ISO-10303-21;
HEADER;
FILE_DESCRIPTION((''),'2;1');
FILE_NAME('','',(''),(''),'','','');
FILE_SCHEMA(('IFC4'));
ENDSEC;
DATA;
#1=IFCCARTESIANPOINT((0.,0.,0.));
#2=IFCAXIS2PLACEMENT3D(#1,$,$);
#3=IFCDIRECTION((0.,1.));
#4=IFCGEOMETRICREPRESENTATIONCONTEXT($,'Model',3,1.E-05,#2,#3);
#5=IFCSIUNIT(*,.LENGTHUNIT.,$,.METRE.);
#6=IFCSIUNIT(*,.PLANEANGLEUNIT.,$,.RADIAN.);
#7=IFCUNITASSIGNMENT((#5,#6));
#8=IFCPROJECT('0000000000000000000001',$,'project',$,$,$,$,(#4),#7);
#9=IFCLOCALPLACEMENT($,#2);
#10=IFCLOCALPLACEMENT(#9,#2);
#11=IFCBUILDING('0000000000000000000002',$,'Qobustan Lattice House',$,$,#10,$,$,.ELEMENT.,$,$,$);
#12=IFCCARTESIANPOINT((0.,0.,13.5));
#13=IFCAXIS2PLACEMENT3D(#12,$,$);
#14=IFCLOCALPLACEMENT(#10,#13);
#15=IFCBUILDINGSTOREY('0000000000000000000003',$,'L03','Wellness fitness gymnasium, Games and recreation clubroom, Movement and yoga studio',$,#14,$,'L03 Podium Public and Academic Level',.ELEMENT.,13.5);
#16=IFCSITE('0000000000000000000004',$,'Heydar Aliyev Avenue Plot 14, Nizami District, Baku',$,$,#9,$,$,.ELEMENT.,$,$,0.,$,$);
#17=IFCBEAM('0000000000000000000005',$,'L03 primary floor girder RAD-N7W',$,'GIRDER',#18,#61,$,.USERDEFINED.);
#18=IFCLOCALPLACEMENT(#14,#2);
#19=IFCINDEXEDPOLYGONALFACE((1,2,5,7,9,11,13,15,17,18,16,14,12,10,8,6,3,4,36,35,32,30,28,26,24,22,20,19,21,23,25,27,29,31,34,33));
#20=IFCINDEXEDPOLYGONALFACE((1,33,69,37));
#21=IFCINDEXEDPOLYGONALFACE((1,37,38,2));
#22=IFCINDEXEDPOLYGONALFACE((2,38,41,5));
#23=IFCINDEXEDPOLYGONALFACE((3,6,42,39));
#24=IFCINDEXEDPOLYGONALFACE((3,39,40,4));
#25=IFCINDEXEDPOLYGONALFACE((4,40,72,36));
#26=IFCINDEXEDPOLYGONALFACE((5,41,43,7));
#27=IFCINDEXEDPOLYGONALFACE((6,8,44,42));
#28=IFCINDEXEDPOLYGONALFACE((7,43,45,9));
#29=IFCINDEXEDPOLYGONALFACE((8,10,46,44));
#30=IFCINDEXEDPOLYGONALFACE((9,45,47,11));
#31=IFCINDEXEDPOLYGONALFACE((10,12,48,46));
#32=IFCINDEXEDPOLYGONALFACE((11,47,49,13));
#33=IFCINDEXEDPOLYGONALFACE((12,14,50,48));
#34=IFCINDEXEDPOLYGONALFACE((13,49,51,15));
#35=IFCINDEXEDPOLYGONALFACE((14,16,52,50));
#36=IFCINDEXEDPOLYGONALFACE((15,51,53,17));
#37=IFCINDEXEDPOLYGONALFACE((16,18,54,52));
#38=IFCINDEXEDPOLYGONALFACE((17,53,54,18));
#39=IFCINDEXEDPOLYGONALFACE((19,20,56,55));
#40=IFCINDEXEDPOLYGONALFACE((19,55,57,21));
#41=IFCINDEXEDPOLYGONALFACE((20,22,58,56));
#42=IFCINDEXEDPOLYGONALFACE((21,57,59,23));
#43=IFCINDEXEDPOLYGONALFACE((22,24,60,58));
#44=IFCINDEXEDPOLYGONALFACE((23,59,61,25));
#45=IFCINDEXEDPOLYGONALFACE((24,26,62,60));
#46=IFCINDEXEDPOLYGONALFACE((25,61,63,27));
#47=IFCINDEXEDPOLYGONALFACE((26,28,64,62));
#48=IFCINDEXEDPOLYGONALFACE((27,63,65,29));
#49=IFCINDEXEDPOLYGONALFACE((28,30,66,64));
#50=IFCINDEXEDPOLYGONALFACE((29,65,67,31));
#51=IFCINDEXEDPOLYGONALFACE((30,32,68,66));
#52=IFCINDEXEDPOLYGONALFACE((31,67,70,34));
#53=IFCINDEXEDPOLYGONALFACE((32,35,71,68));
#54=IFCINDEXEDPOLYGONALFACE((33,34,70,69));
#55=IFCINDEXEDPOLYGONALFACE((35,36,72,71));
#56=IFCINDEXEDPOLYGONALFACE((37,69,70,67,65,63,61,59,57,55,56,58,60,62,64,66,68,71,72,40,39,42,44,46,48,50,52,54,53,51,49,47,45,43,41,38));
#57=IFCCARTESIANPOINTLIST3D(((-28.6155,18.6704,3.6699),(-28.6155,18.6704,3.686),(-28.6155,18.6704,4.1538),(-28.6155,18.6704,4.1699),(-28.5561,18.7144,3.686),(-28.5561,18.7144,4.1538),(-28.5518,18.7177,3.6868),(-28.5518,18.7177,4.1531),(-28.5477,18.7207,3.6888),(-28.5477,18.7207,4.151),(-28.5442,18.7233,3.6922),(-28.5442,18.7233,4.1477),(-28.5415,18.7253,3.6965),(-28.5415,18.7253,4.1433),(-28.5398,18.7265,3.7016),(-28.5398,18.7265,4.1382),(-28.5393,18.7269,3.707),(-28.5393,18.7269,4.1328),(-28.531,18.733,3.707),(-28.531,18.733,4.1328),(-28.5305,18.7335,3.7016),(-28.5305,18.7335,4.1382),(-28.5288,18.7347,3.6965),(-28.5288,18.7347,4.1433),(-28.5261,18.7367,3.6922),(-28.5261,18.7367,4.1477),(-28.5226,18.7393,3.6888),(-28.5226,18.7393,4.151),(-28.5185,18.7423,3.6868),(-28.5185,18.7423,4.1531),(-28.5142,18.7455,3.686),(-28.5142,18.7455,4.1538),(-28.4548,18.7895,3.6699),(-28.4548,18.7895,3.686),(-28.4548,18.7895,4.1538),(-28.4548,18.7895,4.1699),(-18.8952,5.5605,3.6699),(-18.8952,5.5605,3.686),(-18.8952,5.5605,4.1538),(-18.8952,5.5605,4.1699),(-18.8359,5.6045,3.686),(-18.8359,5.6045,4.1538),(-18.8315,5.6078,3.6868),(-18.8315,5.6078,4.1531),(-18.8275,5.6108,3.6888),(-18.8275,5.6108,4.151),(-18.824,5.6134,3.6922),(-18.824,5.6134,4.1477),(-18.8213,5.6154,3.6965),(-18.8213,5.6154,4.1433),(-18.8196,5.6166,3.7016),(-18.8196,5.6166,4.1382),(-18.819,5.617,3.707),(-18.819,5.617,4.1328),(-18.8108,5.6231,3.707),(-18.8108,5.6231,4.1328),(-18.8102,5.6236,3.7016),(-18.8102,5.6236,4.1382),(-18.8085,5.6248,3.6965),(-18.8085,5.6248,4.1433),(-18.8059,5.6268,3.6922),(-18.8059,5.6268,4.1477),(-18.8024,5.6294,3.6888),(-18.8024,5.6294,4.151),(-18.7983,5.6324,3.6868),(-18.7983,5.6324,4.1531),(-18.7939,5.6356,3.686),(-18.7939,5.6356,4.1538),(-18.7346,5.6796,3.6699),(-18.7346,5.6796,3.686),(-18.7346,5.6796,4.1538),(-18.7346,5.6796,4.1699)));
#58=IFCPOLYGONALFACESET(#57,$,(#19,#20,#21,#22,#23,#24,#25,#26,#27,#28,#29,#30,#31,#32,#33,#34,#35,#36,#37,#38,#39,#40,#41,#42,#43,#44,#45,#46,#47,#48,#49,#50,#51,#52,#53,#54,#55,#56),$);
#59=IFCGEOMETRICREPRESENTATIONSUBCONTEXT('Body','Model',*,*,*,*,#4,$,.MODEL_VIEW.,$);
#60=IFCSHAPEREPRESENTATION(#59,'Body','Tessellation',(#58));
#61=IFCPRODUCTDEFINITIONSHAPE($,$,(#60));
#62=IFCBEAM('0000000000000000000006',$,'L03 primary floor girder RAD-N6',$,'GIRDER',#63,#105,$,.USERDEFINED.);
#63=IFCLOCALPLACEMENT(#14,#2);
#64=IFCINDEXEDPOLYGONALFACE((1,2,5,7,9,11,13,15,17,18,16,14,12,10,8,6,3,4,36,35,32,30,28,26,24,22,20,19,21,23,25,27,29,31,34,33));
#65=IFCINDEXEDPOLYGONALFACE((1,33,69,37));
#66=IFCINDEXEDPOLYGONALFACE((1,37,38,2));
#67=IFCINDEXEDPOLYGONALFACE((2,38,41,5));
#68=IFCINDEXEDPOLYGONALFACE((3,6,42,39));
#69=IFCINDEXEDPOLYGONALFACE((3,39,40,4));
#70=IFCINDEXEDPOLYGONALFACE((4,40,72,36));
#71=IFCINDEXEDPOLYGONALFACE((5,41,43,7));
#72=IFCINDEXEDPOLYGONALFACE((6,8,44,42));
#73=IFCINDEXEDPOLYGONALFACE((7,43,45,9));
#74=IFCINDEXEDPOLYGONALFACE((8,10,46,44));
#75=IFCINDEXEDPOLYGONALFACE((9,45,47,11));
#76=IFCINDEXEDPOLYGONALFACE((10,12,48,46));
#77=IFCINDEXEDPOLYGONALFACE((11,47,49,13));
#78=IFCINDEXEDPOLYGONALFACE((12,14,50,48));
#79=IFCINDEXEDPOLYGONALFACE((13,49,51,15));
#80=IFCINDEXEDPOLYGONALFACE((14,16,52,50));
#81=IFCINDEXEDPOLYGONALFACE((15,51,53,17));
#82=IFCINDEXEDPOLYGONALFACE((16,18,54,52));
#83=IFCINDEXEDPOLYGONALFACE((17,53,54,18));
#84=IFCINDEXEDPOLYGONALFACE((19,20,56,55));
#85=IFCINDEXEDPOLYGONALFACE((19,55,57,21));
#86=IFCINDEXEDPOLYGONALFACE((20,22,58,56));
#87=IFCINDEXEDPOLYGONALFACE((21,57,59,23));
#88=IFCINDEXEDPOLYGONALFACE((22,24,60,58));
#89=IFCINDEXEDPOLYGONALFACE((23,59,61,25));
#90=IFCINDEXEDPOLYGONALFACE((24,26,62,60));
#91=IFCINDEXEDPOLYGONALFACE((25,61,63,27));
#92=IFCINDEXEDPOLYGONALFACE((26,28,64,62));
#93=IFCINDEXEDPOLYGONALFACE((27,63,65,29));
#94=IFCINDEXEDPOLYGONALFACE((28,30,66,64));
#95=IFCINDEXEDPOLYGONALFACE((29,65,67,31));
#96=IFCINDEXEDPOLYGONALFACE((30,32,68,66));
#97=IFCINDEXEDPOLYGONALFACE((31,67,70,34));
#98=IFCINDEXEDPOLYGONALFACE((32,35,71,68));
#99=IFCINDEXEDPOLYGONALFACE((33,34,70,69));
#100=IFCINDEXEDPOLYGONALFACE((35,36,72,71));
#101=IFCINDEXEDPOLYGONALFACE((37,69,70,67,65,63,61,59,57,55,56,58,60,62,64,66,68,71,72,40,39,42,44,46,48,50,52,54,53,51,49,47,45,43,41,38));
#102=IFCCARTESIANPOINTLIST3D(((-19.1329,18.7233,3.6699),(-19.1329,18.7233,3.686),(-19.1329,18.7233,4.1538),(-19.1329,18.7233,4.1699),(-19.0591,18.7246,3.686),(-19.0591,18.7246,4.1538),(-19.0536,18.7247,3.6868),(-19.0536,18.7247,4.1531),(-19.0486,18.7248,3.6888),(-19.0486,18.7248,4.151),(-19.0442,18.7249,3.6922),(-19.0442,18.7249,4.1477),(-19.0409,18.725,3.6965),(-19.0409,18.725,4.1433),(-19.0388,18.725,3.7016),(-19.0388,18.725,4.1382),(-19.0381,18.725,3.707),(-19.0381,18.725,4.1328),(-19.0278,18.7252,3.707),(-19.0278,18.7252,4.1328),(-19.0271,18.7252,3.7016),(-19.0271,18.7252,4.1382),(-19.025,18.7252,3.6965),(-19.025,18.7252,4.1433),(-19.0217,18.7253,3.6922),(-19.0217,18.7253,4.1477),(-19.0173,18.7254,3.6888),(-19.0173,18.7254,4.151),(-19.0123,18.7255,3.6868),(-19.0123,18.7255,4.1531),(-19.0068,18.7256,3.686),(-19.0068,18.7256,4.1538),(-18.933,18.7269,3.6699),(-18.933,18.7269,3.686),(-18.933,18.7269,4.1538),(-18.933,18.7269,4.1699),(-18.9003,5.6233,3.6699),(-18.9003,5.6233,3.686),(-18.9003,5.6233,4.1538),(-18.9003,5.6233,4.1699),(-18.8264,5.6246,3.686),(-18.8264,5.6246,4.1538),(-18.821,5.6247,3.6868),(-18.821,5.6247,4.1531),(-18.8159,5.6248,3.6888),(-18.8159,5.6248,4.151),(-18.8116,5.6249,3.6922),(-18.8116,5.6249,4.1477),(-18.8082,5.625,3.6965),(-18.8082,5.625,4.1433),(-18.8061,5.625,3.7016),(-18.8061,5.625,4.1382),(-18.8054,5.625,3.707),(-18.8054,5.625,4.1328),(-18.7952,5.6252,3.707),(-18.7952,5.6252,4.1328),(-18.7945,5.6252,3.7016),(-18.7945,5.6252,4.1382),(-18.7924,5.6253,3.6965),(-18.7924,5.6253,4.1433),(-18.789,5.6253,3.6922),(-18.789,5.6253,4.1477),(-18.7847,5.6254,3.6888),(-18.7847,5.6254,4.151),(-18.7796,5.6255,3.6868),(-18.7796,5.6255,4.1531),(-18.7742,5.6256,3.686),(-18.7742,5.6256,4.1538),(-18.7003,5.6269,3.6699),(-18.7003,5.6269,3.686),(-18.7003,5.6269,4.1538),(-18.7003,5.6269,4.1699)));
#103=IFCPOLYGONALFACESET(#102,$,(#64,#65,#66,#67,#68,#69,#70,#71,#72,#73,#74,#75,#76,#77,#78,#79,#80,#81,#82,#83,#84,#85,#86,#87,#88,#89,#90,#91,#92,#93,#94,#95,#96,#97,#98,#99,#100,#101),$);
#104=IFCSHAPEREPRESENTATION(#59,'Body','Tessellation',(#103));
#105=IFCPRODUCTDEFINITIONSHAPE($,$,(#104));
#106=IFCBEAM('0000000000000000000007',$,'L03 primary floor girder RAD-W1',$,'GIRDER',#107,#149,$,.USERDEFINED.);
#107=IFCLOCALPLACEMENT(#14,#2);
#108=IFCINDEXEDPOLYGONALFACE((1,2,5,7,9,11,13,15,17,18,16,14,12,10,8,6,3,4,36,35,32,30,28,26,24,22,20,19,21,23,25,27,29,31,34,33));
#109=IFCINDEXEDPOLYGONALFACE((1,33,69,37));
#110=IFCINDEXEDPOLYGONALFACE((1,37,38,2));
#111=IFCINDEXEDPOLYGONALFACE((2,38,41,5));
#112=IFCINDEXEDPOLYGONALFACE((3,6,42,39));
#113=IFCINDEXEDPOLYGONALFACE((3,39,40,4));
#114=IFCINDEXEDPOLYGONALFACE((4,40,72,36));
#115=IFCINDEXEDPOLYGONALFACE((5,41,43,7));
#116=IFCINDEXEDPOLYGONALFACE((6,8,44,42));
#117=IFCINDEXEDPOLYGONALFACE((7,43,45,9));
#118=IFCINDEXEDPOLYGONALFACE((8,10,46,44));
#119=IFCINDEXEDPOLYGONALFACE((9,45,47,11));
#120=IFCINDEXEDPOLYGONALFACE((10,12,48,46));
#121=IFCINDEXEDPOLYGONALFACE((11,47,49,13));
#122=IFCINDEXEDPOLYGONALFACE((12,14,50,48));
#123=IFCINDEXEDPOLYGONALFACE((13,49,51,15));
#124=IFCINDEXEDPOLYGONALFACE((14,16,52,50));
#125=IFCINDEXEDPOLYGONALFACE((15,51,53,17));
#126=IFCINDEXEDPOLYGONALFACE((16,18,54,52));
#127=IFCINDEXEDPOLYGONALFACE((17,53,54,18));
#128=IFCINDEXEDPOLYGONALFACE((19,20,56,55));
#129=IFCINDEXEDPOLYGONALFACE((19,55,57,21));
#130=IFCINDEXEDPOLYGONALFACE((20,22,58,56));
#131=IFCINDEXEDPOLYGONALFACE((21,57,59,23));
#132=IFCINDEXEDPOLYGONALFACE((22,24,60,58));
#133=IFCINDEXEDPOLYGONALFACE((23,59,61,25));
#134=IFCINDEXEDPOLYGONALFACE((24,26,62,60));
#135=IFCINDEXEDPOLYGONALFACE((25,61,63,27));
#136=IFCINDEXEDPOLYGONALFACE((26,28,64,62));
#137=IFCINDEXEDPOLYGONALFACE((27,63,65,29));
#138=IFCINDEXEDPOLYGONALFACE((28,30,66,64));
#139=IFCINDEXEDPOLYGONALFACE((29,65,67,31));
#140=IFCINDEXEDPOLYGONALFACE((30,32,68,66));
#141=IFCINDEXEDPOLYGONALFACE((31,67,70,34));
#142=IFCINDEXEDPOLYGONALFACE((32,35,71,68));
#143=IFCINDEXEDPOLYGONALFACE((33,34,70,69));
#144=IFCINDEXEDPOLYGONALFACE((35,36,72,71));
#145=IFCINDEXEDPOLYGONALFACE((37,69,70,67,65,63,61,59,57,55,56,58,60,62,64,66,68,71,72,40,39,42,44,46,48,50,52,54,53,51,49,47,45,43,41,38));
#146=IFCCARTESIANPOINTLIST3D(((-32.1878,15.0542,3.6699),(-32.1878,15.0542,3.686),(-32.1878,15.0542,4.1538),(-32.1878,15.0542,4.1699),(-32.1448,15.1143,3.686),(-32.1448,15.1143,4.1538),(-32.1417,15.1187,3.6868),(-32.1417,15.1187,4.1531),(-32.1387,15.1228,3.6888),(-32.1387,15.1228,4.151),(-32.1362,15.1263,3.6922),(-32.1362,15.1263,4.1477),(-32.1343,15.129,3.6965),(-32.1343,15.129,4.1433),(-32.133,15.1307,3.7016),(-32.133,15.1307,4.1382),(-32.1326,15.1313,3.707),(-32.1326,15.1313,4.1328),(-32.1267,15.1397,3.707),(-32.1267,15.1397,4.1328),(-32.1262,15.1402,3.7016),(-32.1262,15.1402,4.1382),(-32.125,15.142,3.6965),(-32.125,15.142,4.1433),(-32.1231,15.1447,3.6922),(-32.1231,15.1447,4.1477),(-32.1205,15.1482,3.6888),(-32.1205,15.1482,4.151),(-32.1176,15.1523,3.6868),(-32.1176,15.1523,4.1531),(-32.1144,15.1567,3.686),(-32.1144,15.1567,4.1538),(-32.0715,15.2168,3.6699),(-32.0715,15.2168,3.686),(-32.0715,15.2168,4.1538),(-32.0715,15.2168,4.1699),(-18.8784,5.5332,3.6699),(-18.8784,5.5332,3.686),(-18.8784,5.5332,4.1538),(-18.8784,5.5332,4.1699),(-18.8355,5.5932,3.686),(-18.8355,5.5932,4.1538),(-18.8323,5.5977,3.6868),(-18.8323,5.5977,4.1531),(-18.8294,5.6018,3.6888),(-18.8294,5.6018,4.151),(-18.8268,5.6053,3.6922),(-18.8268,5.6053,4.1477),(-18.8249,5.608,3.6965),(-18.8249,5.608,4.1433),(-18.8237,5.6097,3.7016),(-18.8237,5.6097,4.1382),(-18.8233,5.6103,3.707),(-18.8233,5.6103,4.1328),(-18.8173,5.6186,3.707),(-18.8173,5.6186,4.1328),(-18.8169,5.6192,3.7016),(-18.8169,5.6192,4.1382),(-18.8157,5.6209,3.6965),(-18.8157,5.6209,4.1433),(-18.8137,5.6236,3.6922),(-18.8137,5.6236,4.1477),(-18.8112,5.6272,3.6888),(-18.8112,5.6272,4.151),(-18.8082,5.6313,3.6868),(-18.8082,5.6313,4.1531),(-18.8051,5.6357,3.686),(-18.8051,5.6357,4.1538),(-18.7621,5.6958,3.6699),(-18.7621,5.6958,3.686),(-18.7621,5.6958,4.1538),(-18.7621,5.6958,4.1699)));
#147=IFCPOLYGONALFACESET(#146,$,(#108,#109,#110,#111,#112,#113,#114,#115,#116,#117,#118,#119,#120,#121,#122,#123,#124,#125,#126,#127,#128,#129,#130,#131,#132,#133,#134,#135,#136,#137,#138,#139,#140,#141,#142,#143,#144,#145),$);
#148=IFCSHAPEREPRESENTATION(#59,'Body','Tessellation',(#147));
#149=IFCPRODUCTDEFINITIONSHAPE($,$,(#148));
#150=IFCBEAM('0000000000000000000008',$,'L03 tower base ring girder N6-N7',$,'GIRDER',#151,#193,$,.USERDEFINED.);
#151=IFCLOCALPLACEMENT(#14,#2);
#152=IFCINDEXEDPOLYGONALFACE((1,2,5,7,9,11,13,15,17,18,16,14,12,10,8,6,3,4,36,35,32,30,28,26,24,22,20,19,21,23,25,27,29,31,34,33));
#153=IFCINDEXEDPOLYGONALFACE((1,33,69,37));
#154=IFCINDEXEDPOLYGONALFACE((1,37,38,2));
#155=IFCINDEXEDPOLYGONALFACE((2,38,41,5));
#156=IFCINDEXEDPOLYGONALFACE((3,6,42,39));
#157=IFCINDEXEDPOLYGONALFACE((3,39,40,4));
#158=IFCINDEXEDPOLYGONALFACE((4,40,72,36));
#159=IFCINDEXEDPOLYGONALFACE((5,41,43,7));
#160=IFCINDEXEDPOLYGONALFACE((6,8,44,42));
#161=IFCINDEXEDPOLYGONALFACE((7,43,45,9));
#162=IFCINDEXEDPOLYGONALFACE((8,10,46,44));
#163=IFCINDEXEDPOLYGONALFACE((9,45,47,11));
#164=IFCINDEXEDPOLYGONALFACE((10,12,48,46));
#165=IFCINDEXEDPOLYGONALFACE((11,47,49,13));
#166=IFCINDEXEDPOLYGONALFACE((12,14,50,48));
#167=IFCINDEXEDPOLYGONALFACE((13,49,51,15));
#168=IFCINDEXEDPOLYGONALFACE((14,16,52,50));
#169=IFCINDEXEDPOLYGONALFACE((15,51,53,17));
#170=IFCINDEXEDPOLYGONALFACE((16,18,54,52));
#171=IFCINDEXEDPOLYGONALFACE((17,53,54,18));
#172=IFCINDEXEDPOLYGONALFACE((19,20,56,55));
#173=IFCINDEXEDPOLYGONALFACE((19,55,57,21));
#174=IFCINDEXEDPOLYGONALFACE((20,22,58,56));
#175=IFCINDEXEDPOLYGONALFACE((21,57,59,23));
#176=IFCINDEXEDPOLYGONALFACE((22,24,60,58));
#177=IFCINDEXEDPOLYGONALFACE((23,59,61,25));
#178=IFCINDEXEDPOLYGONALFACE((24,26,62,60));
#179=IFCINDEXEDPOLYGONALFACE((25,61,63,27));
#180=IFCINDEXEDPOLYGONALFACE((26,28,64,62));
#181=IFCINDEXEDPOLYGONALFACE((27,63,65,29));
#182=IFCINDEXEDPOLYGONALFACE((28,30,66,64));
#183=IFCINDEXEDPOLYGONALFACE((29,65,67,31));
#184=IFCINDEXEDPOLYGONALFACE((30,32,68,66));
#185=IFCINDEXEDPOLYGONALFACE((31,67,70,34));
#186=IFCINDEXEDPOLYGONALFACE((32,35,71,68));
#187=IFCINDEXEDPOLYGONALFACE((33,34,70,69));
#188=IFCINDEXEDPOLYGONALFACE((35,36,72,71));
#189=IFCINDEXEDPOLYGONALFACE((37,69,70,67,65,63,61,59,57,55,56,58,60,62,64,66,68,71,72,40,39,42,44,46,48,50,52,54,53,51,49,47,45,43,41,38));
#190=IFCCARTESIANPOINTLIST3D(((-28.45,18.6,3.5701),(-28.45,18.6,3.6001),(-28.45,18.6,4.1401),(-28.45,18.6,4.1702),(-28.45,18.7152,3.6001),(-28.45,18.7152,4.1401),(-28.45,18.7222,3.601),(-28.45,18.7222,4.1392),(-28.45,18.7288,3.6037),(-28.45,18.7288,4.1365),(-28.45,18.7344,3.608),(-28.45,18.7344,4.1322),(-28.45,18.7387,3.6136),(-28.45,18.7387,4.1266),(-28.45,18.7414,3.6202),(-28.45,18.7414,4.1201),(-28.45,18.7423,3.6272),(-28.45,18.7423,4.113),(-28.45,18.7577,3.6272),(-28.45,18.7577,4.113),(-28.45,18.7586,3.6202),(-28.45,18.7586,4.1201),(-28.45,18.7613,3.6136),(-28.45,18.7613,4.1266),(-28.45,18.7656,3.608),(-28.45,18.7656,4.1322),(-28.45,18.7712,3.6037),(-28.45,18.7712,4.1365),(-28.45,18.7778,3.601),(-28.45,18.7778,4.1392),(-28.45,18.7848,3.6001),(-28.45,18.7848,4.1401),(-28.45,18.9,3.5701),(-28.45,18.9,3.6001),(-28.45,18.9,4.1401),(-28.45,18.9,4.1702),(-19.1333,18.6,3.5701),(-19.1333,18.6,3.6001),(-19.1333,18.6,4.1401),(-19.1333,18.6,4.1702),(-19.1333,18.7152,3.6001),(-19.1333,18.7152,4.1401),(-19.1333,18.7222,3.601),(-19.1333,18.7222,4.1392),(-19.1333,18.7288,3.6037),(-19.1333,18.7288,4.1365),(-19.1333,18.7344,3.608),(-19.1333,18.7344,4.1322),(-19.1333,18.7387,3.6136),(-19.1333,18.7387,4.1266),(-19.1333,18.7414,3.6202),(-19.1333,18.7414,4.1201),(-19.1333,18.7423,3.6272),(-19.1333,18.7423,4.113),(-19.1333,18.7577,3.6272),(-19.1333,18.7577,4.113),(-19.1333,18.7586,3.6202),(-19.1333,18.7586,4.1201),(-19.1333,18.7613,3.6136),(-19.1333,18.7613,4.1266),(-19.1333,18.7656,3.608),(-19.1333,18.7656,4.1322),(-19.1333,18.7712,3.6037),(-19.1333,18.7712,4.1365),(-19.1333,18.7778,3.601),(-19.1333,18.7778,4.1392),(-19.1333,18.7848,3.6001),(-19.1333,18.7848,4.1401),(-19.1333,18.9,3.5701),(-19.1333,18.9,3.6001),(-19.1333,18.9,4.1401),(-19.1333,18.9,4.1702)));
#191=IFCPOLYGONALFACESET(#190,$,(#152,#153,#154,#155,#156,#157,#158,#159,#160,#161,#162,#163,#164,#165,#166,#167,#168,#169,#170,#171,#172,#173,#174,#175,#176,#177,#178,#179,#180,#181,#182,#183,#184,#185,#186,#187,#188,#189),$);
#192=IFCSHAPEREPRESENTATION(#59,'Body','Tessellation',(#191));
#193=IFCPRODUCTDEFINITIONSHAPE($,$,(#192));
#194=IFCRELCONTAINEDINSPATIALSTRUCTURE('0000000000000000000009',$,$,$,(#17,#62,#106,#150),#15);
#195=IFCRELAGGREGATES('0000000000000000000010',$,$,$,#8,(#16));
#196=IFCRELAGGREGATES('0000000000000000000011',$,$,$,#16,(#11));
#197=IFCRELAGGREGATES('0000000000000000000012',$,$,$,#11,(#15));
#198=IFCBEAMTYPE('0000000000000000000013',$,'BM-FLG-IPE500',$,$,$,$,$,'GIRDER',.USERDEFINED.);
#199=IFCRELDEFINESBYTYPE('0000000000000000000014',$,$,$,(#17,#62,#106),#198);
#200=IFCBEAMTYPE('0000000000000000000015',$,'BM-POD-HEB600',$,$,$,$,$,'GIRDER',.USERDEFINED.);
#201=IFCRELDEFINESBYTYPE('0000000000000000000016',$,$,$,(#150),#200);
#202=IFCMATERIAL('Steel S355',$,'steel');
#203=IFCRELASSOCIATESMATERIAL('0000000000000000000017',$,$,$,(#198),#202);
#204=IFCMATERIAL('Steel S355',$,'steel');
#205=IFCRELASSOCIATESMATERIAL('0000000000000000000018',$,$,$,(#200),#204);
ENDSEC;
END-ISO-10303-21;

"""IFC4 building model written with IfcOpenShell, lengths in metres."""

from ifc_helpers import new_model, si_unit, direction, frame, origin, origin_2d, place, context, subcontext, project, spatial, i_section, extrude, material, material_profile, profile_set, type_object, element, save


model = new_model("IFC4")

# Units and contexts
model_context = context("Model", 3, precision=1e-05, world=origin(), true_north=direction((0.0, 1.0)))
body_context = subcontext(model_context, "Body", "Model", "MODEL_VIEW")
ifc_project = project(units=[si_unit("LENGTHUNIT", "METRE"), si_unit("PLANEANGLEUNIT", "RADIAN")], contexts=[model_context])

# Site, building, storey
site_placement = place(None, origin())
site = spatial("IfcSite", under=ifc_project, at=site_placement, Name="Heydar Aliyev Avenue Plot 14, Nizami District, Baku", CompositionType="ELEMENT", RefElevation=0.0)
building_placement = place(site_placement, origin())
building = spatial("IfcBuilding", under=site, at=building_placement, Name="Qobustan Lattice House", CompositionType="ELEMENT")
storey_placement = place(building_placement, frame((0.0, 0.0, 13.5)))
storey = spatial("IfcBuildingStorey", under=building, at=storey_placement, Name="L03", Description="Wellness fitness gymnasium, Games and recreation clubroom, Movement and yoga studio", LongName="L03 Podium Public and Academic Level", CompositionType="ELEMENT", Elevation=13.5)

# Beams
ifc_material_1 = material(Name="Steel S355", Category="steel")
ifc_material_profile_1 = material_profile(ifc_material_1, i_section(OverallWidth=0.2, OverallDepth=0.5, WebThickness=0.0103, FlangeThickness=0.0161, FilletRadius=0.021, at=origin_2d()), Name="IPE500")
ifc_profile_set_1 = profile_set([ifc_material_profile_1], Name="Steel S355")
beam_type_1 = type_object("IfcBeamType", Name="BM-FLG-IPE500", ElementType="GIRDER", PredefinedType="USERDEFINED", material=ifc_profile_set_1)
beam_1_placement = place(storey_placement, frame((-28.5352, 18.73, 3.9199), z_axis=(0.595592, -0.803287, 0.0), x_axis=(0.803287, 0.595592, 0.0)))
element("IfcBeam", 1, at=beam_1_placement, inside=storey, type_object=beam_type_1, Name="L03 primary floor girder RAD-N7W", ObjectType="GIRDER", PredefinedType="USERDEFINED", context=body_context, shape_type="SweptSolid", body=[
    extrude(i_section(OverallWidth=0.2, OverallDepth=0.5, WebThickness=0.0103, FlangeThickness=0.0161, FilletRadius=0.021, at=origin_2d()), origin(), (0.0, 0.0, 1.0), 16.3203),
])
beam_2_placement = place(storey_placement, frame((-19.033, 18.7251, 3.9199), z_axis=(0.017758, -0.999842, 0.0), x_axis=(0.999842, 0.017758, 0.0)))
element("IfcBeam", 2, at=beam_2_placement, inside=storey, type_object=beam_type_1, Name="L03 primary floor girder RAD-N6", ObjectType="GIRDER", PredefinedType="USERDEFINED", context=body_context, shape_type="SweptSolid", body=[
    extrude(i_section(OverallWidth=0.2, OverallDepth=0.5, WebThickness=0.0103, FlangeThickness=0.0161, FilletRadius=0.021, at=origin_2d()), origin(), (0.0, 0.0, 1.0), 13.1021),
])
beam_3_placement = place(storey_placement, frame((-32.1296, 15.1355, 3.9199), z_axis=(0.813319, -0.581818, 0.0), x_axis=(0.581818, 0.813319, 0.0)))
element("IfcBeam", 3, at=beam_3_placement, inside=storey, type_object=beam_type_1, Name="L03 primary floor girder RAD-W1", ObjectType="GIRDER", PredefinedType="USERDEFINED", context=body_context, shape_type="SweptSolid", body=[
    extrude(i_section(OverallWidth=0.2, OverallDepth=0.5, WebThickness=0.0103, FlangeThickness=0.0161, FilletRadius=0.021, at=origin_2d()), origin(), (0.0, 0.0, 1.0), 16.3643),
])
ifc_material_2 = material(Name="Steel S355", Category="steel")
ifc_material_profile_2 = material_profile(ifc_material_2, i_section(OverallWidth=0.3, OverallDepth=0.6001, WebThickness=0.0154, FlangeThickness=0.03, FilletRadius=0.0271, at=origin_2d()), Name="HEB600")
ifc_profile_set_2 = profile_set([ifc_material_profile_2], Name="Steel S355")
beam_type_2 = type_object("IfcBeamType", Name="BM-POD-HEB600", ElementType="GIRDER", PredefinedType="USERDEFINED", material=ifc_profile_set_2)
beam_4_placement = place(storey_placement, frame((-19.1333, 18.75, 3.8701), z_axis=(-1.0, 0.0, 0.0), x_axis=(0.0, -1.0, 0.0)))
element("IfcBeam", 4, at=beam_4_placement, inside=storey, type_object=beam_type_2, Name="L03 tower base ring girder N6-N7", ObjectType="GIRDER", PredefinedType="USERDEFINED", context=body_context, shape_type="SweptSolid", body=[
    extrude(i_section(OverallWidth=0.3, OverallDepth=0.6001, WebThickness=0.0154, FlangeThickness=0.03, FilletRadius=0.0271, at=origin_2d()), origin(), (0.0, 0.0, 1.0), 9.3167),
])

save(model, "model.ifc")
